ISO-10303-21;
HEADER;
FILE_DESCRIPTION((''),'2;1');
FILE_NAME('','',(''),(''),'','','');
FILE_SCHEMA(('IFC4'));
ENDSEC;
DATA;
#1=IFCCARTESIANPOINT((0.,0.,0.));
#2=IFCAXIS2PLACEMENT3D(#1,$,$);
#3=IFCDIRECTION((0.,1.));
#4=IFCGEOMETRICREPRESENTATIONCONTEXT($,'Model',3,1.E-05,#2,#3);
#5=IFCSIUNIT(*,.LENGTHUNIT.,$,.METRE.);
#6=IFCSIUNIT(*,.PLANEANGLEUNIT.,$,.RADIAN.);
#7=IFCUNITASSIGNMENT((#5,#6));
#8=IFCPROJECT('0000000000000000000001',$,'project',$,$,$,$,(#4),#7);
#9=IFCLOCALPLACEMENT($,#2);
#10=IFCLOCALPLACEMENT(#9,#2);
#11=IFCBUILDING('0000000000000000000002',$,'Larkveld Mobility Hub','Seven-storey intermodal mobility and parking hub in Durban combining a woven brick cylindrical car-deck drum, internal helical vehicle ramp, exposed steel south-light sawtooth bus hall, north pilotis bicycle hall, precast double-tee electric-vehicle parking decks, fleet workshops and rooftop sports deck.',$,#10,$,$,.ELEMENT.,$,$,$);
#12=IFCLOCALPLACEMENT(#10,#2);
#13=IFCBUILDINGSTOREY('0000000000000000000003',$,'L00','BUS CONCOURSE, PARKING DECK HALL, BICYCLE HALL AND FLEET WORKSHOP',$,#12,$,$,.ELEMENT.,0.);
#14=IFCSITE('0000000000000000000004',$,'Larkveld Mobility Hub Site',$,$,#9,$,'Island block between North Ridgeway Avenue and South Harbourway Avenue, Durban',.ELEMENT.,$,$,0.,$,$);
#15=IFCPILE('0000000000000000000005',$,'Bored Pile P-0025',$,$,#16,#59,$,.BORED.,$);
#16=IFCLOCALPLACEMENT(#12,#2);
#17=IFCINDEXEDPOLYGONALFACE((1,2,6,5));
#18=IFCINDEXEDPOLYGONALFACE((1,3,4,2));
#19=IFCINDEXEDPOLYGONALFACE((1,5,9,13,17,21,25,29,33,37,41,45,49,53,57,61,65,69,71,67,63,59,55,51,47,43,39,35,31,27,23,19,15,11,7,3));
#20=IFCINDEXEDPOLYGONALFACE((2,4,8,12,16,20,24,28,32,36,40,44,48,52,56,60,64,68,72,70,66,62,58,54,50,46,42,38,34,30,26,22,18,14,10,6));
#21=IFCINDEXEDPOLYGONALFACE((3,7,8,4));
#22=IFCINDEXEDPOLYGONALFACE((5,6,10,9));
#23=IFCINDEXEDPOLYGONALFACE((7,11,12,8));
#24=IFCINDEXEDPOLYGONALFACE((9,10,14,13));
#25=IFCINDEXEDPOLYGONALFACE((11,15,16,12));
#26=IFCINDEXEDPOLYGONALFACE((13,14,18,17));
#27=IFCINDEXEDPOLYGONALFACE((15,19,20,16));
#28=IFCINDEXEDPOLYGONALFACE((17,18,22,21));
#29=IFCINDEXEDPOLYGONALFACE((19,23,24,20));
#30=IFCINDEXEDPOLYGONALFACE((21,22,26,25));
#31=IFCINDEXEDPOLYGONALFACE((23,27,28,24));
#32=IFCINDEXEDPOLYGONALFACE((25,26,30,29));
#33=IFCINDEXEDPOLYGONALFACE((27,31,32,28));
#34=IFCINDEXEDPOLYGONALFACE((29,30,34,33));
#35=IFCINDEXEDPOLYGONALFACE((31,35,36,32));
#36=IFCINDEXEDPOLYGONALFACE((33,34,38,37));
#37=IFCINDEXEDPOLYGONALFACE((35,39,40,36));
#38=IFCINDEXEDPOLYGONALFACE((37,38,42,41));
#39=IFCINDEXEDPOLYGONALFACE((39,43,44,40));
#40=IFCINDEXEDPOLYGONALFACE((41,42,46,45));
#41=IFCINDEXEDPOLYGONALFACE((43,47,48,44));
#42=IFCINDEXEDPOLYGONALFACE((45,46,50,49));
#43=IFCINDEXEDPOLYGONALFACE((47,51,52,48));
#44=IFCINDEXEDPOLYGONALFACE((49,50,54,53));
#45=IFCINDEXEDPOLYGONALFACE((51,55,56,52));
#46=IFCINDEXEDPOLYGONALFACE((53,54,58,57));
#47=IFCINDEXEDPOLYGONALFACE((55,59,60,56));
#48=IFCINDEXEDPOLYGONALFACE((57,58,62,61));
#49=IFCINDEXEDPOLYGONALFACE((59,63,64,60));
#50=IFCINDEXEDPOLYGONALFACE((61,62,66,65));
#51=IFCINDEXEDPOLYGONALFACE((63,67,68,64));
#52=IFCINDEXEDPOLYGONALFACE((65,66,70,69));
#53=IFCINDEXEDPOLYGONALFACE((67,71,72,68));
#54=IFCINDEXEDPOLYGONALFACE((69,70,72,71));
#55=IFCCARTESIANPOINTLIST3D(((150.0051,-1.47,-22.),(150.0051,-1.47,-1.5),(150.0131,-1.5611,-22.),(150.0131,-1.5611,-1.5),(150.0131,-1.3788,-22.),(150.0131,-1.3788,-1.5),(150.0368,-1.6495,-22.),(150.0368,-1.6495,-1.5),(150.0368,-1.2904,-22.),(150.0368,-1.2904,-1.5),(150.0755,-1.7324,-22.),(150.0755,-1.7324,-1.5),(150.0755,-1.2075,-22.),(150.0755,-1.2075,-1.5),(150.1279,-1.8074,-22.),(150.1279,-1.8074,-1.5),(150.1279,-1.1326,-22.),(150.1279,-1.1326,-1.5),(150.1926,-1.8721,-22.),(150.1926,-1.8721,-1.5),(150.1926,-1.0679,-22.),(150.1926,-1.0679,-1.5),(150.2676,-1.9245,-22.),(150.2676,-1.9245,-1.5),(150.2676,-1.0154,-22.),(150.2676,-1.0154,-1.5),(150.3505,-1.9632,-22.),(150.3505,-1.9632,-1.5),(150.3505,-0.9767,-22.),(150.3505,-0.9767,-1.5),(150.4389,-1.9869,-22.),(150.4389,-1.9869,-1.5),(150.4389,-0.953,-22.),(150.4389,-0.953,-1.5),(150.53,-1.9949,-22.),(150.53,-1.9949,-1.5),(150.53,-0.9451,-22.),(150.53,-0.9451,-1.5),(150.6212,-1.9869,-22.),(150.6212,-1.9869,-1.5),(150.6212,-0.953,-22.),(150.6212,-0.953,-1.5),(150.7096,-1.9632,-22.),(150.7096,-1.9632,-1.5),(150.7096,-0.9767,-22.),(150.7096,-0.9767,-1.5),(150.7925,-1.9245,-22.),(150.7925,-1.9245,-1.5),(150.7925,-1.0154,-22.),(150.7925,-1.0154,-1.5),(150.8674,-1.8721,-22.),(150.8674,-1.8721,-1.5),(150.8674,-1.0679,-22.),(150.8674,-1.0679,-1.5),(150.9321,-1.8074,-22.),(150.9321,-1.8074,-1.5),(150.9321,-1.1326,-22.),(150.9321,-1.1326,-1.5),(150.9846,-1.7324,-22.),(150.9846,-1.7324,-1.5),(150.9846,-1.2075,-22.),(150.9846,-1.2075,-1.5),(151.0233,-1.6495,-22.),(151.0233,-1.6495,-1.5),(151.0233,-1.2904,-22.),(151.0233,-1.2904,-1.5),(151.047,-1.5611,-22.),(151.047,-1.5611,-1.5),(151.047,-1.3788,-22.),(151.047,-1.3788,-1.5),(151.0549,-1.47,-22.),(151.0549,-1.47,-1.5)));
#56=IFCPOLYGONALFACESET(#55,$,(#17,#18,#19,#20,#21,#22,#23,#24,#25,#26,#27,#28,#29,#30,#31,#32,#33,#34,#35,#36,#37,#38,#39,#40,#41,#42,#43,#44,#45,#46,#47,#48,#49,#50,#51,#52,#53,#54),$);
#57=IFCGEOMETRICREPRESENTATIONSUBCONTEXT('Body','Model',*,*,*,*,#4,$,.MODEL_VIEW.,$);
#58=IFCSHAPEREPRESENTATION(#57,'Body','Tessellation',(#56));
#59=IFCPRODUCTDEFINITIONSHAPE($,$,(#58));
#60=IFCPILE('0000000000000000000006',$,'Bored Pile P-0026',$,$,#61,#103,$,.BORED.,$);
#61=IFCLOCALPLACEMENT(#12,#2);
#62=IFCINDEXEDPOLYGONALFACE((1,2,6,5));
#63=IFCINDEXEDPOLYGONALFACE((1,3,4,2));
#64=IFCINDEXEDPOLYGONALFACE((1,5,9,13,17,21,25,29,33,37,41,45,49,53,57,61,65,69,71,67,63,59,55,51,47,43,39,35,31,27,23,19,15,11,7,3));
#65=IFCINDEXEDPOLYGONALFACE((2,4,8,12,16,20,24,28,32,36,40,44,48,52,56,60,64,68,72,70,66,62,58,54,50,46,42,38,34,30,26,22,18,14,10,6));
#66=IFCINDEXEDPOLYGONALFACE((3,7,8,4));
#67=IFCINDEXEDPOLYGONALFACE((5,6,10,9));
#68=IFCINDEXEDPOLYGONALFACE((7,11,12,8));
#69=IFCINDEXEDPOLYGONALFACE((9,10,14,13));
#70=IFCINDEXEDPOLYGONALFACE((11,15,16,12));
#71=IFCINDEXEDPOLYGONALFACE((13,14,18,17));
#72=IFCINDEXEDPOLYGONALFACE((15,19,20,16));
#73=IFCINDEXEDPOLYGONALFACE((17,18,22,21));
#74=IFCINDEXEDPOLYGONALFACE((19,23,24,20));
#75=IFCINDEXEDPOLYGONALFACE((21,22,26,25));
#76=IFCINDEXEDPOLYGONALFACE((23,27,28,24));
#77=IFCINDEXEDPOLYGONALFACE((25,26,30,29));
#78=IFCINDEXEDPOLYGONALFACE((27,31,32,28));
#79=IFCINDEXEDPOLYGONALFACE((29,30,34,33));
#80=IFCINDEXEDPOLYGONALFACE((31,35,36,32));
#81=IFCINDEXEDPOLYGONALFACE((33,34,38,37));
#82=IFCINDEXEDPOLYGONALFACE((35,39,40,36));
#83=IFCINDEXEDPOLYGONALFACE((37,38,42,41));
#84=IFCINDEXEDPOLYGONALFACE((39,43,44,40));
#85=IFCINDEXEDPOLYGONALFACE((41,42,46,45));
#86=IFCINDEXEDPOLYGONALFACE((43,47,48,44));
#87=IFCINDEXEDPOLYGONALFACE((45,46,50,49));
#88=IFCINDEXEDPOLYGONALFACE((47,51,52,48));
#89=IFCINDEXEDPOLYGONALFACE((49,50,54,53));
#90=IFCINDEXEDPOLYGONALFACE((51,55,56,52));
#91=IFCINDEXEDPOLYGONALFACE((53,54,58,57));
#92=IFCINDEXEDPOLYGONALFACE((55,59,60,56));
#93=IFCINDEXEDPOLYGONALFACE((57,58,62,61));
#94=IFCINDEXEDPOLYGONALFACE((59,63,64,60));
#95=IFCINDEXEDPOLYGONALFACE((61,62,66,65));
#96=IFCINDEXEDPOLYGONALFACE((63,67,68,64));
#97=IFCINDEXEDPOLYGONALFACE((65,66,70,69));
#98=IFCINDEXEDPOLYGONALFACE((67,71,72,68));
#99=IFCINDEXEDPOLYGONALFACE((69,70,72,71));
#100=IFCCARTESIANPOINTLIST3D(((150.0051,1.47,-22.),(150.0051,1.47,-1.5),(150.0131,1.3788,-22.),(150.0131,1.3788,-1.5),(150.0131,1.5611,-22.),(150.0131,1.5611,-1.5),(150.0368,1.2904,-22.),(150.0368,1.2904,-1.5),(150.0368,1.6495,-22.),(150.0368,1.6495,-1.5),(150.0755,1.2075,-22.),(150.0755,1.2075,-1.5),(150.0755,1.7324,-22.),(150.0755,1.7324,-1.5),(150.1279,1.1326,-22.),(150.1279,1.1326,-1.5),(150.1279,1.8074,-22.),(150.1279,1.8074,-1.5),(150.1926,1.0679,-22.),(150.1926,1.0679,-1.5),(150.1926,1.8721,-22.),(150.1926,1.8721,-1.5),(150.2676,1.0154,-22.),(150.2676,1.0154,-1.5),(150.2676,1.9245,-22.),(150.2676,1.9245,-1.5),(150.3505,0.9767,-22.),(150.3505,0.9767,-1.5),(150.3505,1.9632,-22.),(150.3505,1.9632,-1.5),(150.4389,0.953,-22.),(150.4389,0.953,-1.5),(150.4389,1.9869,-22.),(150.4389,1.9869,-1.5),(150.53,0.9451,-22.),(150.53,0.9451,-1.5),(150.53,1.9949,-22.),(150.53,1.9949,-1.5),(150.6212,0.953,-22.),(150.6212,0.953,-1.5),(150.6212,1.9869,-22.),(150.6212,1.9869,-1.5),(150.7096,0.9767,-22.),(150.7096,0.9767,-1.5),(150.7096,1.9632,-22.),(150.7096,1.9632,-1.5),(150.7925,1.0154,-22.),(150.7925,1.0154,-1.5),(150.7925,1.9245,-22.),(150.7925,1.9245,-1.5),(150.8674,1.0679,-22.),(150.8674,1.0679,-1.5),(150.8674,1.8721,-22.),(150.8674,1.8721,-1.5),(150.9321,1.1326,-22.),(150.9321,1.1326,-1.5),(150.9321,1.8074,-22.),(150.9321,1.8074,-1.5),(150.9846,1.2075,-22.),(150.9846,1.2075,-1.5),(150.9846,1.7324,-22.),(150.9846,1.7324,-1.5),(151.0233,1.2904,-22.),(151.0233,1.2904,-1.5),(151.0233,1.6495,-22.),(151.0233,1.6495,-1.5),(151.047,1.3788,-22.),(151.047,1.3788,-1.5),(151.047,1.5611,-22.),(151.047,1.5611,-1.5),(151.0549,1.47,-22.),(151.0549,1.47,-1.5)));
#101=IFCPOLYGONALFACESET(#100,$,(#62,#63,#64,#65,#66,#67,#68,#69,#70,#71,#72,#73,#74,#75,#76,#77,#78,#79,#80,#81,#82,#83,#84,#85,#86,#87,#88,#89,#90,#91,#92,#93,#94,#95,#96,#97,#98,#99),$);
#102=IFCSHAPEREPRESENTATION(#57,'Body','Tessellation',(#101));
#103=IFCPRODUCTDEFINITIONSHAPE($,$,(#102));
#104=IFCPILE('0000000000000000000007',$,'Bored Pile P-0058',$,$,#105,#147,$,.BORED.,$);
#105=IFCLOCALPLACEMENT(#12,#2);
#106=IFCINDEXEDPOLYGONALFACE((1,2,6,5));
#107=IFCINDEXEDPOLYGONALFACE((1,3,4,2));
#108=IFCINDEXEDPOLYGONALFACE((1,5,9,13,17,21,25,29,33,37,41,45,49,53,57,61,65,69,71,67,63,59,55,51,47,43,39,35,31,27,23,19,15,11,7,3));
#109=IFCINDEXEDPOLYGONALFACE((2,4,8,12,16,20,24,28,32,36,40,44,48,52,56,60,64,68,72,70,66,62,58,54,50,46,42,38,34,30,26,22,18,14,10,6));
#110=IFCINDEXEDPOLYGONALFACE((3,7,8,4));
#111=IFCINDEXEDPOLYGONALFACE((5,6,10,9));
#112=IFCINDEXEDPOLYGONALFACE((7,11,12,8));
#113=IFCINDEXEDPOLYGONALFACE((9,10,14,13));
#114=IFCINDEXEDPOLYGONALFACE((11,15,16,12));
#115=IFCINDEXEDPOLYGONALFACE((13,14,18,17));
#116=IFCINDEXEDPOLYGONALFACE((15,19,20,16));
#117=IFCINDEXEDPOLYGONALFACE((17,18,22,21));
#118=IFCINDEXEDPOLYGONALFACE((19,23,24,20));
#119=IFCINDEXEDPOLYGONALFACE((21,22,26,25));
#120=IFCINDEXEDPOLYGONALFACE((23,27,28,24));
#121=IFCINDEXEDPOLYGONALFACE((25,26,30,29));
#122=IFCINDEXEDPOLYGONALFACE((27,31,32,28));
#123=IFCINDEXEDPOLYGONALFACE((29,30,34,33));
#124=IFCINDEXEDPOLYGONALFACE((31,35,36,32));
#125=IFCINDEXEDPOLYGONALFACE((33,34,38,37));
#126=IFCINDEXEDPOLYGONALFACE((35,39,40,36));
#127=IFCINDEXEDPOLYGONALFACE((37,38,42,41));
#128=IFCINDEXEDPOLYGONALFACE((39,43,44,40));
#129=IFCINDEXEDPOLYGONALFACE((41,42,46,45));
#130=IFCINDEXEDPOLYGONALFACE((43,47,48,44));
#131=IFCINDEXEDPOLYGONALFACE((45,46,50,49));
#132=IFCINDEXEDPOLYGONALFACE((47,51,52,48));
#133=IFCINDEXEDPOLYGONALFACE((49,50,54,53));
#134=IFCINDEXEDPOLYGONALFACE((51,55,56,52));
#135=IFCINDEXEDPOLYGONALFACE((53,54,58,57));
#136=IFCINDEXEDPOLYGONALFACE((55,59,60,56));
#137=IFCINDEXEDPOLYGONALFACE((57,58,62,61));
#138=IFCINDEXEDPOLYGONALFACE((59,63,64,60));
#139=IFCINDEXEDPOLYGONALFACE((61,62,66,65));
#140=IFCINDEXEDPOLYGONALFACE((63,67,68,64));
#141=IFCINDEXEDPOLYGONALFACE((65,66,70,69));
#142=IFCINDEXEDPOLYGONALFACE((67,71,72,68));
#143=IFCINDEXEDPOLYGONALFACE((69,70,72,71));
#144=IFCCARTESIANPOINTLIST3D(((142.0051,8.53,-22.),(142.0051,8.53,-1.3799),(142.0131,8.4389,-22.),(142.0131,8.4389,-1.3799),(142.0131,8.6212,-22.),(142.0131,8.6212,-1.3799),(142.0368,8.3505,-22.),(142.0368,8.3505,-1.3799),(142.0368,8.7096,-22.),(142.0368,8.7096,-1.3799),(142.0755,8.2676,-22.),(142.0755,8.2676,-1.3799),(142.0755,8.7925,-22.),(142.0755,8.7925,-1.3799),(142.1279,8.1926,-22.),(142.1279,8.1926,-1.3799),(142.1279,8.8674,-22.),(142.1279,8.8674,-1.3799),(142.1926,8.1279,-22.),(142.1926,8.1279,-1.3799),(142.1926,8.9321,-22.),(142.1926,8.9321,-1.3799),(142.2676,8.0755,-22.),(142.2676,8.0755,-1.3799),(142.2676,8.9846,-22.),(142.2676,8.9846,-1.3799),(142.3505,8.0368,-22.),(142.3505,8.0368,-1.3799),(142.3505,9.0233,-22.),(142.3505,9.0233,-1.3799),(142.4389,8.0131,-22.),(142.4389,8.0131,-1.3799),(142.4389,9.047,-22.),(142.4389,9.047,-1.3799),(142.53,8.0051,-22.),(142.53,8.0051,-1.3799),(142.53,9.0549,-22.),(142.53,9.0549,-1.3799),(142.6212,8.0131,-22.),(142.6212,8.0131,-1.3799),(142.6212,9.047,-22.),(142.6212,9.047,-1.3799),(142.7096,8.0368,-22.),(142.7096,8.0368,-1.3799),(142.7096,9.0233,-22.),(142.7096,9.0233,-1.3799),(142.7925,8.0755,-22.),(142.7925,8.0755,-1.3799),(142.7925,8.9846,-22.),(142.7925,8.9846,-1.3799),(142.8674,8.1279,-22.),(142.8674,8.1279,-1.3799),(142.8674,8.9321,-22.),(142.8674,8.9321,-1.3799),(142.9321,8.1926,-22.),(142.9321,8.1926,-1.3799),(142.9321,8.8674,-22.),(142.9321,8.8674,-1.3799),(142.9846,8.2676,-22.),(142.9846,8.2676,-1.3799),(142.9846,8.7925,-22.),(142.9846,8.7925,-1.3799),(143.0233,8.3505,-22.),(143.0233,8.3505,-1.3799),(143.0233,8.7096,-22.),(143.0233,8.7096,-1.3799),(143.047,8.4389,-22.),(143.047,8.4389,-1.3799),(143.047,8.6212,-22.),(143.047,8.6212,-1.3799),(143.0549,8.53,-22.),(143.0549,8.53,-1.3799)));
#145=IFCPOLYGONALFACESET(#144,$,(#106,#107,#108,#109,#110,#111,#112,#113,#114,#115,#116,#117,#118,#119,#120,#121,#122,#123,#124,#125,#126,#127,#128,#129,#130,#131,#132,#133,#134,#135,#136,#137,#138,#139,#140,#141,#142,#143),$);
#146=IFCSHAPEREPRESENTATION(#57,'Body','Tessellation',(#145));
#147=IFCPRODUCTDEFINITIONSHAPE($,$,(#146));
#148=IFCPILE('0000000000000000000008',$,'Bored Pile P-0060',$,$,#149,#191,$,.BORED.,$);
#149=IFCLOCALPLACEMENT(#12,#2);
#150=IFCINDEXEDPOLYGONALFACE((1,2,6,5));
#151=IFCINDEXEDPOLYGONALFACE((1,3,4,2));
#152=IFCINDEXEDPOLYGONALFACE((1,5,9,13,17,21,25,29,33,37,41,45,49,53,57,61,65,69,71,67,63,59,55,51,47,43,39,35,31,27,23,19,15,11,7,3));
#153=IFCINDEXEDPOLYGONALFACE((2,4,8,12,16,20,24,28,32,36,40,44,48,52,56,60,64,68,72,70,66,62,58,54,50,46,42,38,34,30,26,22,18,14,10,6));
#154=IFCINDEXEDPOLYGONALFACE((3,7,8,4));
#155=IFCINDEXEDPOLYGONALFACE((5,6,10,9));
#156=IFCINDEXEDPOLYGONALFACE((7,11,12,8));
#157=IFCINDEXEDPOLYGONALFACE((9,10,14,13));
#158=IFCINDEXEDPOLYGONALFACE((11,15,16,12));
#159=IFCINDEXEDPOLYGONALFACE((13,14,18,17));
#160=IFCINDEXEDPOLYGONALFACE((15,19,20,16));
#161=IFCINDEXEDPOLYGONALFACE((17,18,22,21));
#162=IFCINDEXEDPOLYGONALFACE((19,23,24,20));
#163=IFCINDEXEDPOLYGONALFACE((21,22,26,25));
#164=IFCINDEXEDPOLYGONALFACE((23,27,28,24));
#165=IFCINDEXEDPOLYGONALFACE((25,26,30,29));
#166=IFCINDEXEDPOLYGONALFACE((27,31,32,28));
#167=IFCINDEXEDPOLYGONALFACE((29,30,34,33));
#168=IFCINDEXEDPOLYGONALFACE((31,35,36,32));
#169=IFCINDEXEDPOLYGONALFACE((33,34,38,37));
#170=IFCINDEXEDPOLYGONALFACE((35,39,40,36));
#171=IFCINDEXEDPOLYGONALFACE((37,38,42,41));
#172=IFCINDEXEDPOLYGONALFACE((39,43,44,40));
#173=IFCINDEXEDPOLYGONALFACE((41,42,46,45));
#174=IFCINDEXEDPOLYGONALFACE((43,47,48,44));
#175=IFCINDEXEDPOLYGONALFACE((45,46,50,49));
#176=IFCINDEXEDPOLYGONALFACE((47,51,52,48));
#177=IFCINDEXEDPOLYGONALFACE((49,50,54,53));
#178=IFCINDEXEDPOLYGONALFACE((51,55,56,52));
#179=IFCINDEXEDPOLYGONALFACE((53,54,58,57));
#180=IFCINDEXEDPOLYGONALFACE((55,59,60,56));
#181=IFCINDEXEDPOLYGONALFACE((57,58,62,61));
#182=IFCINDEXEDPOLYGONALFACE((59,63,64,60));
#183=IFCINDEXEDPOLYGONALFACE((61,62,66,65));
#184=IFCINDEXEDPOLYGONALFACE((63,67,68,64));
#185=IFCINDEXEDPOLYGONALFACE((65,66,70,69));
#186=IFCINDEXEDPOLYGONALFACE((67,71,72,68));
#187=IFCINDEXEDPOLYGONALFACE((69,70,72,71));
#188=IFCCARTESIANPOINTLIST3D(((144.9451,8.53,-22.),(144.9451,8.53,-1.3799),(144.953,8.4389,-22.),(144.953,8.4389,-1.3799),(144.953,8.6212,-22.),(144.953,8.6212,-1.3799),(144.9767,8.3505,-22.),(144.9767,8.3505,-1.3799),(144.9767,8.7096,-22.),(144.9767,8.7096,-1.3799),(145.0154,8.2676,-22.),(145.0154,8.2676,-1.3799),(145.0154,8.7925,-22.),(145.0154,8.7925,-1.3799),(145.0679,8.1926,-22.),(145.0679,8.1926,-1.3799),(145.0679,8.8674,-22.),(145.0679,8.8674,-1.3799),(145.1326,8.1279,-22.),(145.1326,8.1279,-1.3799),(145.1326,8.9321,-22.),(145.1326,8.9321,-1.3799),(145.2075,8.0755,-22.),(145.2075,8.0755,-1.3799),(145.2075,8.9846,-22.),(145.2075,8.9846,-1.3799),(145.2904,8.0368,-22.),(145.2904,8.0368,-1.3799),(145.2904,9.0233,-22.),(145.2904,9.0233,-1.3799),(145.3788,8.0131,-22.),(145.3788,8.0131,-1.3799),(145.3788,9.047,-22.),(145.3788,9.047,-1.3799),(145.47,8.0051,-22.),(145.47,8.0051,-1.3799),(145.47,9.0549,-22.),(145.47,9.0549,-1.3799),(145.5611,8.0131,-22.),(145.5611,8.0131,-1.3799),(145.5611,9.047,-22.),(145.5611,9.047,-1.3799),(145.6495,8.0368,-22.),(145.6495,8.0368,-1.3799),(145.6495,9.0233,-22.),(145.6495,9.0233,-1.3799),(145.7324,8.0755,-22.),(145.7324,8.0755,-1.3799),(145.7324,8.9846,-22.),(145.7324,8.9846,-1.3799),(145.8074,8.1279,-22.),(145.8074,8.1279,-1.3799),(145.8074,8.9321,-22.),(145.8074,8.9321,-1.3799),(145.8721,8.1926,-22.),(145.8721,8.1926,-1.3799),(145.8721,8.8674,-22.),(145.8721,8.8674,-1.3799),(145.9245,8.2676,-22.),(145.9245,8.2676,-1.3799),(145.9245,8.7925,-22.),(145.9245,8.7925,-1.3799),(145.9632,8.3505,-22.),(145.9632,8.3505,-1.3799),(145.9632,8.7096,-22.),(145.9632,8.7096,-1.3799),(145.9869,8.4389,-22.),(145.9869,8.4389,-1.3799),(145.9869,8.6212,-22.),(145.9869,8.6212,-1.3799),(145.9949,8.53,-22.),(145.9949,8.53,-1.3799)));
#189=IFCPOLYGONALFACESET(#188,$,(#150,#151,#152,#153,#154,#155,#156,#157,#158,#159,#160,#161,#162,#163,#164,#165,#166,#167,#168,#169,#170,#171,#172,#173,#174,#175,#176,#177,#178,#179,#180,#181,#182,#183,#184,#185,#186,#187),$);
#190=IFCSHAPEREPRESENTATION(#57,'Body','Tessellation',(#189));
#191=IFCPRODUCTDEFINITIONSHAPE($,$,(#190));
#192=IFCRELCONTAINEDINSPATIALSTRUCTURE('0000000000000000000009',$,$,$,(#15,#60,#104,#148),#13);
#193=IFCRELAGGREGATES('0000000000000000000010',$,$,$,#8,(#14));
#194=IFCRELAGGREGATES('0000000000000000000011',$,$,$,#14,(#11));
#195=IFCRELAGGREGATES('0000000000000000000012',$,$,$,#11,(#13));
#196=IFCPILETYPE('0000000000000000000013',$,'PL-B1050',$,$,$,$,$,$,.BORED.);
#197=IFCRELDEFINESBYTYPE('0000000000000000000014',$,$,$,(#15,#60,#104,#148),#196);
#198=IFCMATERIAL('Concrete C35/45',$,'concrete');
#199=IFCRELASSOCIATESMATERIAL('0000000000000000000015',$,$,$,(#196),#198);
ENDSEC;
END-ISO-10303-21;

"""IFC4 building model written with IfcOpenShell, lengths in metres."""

from ifc_helpers import new_model, si_unit, direction, frame, origin, origin_2d, place, context, subcontext, project, spatial, circle, extrude, material, material_profile, profile_set, type_object, element, save


model = new_model("IFC4")

# Units and contexts
model_context = context("Model", 3, precision=1e-05, world=origin(), true_north=direction((0.0, 1.0)))
body_context = subcontext(model_context, "Body", "Model", "MODEL_VIEW")
ifc_project = project(units=[si_unit("LENGTHUNIT", "METRE"), si_unit("PLANEANGLEUNIT", "RADIAN")], contexts=[model_context])

# Site, building, storey
site_placement = place(None, origin())
site = spatial("IfcSite", under=ifc_project, at=site_placement, Name="Larkveld Mobility Hub Site", LongName="Island block between North Ridgeway Avenue and South Harbourway Avenue, Durban", CompositionType="ELEMENT", RefElevation=0.0)
building_placement = place(site_placement, origin())
building = spatial("IfcBuilding", under=site, at=building_placement, Name="Larkveld Mobility Hub", Description="Seven-storey intermodal mobility and parking hub in Durban combining a woven brick cylindrical car-deck drum, internal helical vehicle ramp, exposed steel south-light sawtooth bus hall, north pilotis bicycle hall, precast double-tee electric-vehicle parking decks, fleet workshops and rooftop sports deck.", CompositionType="ELEMENT")
storey_placement = place(building_placement, origin())
storey = spatial("IfcBuildingStorey", under=building, at=storey_placement, Name="L00", Description="BUS CONCOURSE, PARKING DECK HALL, BICYCLE HALL AND FLEET WORKSHOP", CompositionType="ELEMENT", Elevation=0.0)

# Shared definitions
ifc_material_1 = material(Name="Concrete C35/45", Category="concrete")

# Piles
ifc_material_profile_1 = material_profile(ifc_material_1, circle(Radius=0.5249, at=origin_2d()), Name="PILE D1050")
ifc_profile_set_1 = profile_set([ifc_material_profile_1], Name="Concrete C35/45")
pile_type = type_object("IfcPileType", Name="PL-B1050", PredefinedType="BORED", material=ifc_profile_set_1)
for number, where, z_axis, x_axis, name in (
    (1, (150.53, -1.47, -1.5), (0.0, 0.0, -1.0), (1.0, 0.0, 0.0), "Bored Pile P-0025"),
    (2, (150.53, 1.47, -1.5), (0.0, 0.0, -1.0), (1.0, 0.0, 0.0), "Bored Pile P-0026"),
):
    element("IfcPile", number, at=place(storey_placement, frame(where, z_axis=z_axis, x_axis=x_axis)), inside=storey, type_object=pile_type, Name=name, PredefinedType="BORED", context=body_context, shape_type="SweptSolid", body=[
        extrude(circle(Radius=0.5249, at=origin_2d()), origin(), (0.0, 0.0, 1.0), 20.5),
    ])
for number, where, z_axis, x_axis, name in (
    (3, (142.53, 8.53, -1.3799), (0.0, 0.0, -1.0), (1.0, 0.0, 0.0), "Bored Pile P-0058"),
    (4, (145.47, 8.53, -1.3799), (0.0, 0.0, -1.0), (1.0, 0.0, 0.0), "Bored Pile P-0060"),
):
    element("IfcPile", number, at=place(storey_placement, frame(where, z_axis=z_axis, x_axis=x_axis)), inside=storey, type_object=pile_type, Name=name, PredefinedType="BORED", context=body_context, shape_type="SweptSolid", body=[
        extrude(circle(Radius=0.5249, at=origin_2d()), origin(), (0.0, 0.0, 1.0), 20.6201),
    ])

save(model, "model.ifc")
